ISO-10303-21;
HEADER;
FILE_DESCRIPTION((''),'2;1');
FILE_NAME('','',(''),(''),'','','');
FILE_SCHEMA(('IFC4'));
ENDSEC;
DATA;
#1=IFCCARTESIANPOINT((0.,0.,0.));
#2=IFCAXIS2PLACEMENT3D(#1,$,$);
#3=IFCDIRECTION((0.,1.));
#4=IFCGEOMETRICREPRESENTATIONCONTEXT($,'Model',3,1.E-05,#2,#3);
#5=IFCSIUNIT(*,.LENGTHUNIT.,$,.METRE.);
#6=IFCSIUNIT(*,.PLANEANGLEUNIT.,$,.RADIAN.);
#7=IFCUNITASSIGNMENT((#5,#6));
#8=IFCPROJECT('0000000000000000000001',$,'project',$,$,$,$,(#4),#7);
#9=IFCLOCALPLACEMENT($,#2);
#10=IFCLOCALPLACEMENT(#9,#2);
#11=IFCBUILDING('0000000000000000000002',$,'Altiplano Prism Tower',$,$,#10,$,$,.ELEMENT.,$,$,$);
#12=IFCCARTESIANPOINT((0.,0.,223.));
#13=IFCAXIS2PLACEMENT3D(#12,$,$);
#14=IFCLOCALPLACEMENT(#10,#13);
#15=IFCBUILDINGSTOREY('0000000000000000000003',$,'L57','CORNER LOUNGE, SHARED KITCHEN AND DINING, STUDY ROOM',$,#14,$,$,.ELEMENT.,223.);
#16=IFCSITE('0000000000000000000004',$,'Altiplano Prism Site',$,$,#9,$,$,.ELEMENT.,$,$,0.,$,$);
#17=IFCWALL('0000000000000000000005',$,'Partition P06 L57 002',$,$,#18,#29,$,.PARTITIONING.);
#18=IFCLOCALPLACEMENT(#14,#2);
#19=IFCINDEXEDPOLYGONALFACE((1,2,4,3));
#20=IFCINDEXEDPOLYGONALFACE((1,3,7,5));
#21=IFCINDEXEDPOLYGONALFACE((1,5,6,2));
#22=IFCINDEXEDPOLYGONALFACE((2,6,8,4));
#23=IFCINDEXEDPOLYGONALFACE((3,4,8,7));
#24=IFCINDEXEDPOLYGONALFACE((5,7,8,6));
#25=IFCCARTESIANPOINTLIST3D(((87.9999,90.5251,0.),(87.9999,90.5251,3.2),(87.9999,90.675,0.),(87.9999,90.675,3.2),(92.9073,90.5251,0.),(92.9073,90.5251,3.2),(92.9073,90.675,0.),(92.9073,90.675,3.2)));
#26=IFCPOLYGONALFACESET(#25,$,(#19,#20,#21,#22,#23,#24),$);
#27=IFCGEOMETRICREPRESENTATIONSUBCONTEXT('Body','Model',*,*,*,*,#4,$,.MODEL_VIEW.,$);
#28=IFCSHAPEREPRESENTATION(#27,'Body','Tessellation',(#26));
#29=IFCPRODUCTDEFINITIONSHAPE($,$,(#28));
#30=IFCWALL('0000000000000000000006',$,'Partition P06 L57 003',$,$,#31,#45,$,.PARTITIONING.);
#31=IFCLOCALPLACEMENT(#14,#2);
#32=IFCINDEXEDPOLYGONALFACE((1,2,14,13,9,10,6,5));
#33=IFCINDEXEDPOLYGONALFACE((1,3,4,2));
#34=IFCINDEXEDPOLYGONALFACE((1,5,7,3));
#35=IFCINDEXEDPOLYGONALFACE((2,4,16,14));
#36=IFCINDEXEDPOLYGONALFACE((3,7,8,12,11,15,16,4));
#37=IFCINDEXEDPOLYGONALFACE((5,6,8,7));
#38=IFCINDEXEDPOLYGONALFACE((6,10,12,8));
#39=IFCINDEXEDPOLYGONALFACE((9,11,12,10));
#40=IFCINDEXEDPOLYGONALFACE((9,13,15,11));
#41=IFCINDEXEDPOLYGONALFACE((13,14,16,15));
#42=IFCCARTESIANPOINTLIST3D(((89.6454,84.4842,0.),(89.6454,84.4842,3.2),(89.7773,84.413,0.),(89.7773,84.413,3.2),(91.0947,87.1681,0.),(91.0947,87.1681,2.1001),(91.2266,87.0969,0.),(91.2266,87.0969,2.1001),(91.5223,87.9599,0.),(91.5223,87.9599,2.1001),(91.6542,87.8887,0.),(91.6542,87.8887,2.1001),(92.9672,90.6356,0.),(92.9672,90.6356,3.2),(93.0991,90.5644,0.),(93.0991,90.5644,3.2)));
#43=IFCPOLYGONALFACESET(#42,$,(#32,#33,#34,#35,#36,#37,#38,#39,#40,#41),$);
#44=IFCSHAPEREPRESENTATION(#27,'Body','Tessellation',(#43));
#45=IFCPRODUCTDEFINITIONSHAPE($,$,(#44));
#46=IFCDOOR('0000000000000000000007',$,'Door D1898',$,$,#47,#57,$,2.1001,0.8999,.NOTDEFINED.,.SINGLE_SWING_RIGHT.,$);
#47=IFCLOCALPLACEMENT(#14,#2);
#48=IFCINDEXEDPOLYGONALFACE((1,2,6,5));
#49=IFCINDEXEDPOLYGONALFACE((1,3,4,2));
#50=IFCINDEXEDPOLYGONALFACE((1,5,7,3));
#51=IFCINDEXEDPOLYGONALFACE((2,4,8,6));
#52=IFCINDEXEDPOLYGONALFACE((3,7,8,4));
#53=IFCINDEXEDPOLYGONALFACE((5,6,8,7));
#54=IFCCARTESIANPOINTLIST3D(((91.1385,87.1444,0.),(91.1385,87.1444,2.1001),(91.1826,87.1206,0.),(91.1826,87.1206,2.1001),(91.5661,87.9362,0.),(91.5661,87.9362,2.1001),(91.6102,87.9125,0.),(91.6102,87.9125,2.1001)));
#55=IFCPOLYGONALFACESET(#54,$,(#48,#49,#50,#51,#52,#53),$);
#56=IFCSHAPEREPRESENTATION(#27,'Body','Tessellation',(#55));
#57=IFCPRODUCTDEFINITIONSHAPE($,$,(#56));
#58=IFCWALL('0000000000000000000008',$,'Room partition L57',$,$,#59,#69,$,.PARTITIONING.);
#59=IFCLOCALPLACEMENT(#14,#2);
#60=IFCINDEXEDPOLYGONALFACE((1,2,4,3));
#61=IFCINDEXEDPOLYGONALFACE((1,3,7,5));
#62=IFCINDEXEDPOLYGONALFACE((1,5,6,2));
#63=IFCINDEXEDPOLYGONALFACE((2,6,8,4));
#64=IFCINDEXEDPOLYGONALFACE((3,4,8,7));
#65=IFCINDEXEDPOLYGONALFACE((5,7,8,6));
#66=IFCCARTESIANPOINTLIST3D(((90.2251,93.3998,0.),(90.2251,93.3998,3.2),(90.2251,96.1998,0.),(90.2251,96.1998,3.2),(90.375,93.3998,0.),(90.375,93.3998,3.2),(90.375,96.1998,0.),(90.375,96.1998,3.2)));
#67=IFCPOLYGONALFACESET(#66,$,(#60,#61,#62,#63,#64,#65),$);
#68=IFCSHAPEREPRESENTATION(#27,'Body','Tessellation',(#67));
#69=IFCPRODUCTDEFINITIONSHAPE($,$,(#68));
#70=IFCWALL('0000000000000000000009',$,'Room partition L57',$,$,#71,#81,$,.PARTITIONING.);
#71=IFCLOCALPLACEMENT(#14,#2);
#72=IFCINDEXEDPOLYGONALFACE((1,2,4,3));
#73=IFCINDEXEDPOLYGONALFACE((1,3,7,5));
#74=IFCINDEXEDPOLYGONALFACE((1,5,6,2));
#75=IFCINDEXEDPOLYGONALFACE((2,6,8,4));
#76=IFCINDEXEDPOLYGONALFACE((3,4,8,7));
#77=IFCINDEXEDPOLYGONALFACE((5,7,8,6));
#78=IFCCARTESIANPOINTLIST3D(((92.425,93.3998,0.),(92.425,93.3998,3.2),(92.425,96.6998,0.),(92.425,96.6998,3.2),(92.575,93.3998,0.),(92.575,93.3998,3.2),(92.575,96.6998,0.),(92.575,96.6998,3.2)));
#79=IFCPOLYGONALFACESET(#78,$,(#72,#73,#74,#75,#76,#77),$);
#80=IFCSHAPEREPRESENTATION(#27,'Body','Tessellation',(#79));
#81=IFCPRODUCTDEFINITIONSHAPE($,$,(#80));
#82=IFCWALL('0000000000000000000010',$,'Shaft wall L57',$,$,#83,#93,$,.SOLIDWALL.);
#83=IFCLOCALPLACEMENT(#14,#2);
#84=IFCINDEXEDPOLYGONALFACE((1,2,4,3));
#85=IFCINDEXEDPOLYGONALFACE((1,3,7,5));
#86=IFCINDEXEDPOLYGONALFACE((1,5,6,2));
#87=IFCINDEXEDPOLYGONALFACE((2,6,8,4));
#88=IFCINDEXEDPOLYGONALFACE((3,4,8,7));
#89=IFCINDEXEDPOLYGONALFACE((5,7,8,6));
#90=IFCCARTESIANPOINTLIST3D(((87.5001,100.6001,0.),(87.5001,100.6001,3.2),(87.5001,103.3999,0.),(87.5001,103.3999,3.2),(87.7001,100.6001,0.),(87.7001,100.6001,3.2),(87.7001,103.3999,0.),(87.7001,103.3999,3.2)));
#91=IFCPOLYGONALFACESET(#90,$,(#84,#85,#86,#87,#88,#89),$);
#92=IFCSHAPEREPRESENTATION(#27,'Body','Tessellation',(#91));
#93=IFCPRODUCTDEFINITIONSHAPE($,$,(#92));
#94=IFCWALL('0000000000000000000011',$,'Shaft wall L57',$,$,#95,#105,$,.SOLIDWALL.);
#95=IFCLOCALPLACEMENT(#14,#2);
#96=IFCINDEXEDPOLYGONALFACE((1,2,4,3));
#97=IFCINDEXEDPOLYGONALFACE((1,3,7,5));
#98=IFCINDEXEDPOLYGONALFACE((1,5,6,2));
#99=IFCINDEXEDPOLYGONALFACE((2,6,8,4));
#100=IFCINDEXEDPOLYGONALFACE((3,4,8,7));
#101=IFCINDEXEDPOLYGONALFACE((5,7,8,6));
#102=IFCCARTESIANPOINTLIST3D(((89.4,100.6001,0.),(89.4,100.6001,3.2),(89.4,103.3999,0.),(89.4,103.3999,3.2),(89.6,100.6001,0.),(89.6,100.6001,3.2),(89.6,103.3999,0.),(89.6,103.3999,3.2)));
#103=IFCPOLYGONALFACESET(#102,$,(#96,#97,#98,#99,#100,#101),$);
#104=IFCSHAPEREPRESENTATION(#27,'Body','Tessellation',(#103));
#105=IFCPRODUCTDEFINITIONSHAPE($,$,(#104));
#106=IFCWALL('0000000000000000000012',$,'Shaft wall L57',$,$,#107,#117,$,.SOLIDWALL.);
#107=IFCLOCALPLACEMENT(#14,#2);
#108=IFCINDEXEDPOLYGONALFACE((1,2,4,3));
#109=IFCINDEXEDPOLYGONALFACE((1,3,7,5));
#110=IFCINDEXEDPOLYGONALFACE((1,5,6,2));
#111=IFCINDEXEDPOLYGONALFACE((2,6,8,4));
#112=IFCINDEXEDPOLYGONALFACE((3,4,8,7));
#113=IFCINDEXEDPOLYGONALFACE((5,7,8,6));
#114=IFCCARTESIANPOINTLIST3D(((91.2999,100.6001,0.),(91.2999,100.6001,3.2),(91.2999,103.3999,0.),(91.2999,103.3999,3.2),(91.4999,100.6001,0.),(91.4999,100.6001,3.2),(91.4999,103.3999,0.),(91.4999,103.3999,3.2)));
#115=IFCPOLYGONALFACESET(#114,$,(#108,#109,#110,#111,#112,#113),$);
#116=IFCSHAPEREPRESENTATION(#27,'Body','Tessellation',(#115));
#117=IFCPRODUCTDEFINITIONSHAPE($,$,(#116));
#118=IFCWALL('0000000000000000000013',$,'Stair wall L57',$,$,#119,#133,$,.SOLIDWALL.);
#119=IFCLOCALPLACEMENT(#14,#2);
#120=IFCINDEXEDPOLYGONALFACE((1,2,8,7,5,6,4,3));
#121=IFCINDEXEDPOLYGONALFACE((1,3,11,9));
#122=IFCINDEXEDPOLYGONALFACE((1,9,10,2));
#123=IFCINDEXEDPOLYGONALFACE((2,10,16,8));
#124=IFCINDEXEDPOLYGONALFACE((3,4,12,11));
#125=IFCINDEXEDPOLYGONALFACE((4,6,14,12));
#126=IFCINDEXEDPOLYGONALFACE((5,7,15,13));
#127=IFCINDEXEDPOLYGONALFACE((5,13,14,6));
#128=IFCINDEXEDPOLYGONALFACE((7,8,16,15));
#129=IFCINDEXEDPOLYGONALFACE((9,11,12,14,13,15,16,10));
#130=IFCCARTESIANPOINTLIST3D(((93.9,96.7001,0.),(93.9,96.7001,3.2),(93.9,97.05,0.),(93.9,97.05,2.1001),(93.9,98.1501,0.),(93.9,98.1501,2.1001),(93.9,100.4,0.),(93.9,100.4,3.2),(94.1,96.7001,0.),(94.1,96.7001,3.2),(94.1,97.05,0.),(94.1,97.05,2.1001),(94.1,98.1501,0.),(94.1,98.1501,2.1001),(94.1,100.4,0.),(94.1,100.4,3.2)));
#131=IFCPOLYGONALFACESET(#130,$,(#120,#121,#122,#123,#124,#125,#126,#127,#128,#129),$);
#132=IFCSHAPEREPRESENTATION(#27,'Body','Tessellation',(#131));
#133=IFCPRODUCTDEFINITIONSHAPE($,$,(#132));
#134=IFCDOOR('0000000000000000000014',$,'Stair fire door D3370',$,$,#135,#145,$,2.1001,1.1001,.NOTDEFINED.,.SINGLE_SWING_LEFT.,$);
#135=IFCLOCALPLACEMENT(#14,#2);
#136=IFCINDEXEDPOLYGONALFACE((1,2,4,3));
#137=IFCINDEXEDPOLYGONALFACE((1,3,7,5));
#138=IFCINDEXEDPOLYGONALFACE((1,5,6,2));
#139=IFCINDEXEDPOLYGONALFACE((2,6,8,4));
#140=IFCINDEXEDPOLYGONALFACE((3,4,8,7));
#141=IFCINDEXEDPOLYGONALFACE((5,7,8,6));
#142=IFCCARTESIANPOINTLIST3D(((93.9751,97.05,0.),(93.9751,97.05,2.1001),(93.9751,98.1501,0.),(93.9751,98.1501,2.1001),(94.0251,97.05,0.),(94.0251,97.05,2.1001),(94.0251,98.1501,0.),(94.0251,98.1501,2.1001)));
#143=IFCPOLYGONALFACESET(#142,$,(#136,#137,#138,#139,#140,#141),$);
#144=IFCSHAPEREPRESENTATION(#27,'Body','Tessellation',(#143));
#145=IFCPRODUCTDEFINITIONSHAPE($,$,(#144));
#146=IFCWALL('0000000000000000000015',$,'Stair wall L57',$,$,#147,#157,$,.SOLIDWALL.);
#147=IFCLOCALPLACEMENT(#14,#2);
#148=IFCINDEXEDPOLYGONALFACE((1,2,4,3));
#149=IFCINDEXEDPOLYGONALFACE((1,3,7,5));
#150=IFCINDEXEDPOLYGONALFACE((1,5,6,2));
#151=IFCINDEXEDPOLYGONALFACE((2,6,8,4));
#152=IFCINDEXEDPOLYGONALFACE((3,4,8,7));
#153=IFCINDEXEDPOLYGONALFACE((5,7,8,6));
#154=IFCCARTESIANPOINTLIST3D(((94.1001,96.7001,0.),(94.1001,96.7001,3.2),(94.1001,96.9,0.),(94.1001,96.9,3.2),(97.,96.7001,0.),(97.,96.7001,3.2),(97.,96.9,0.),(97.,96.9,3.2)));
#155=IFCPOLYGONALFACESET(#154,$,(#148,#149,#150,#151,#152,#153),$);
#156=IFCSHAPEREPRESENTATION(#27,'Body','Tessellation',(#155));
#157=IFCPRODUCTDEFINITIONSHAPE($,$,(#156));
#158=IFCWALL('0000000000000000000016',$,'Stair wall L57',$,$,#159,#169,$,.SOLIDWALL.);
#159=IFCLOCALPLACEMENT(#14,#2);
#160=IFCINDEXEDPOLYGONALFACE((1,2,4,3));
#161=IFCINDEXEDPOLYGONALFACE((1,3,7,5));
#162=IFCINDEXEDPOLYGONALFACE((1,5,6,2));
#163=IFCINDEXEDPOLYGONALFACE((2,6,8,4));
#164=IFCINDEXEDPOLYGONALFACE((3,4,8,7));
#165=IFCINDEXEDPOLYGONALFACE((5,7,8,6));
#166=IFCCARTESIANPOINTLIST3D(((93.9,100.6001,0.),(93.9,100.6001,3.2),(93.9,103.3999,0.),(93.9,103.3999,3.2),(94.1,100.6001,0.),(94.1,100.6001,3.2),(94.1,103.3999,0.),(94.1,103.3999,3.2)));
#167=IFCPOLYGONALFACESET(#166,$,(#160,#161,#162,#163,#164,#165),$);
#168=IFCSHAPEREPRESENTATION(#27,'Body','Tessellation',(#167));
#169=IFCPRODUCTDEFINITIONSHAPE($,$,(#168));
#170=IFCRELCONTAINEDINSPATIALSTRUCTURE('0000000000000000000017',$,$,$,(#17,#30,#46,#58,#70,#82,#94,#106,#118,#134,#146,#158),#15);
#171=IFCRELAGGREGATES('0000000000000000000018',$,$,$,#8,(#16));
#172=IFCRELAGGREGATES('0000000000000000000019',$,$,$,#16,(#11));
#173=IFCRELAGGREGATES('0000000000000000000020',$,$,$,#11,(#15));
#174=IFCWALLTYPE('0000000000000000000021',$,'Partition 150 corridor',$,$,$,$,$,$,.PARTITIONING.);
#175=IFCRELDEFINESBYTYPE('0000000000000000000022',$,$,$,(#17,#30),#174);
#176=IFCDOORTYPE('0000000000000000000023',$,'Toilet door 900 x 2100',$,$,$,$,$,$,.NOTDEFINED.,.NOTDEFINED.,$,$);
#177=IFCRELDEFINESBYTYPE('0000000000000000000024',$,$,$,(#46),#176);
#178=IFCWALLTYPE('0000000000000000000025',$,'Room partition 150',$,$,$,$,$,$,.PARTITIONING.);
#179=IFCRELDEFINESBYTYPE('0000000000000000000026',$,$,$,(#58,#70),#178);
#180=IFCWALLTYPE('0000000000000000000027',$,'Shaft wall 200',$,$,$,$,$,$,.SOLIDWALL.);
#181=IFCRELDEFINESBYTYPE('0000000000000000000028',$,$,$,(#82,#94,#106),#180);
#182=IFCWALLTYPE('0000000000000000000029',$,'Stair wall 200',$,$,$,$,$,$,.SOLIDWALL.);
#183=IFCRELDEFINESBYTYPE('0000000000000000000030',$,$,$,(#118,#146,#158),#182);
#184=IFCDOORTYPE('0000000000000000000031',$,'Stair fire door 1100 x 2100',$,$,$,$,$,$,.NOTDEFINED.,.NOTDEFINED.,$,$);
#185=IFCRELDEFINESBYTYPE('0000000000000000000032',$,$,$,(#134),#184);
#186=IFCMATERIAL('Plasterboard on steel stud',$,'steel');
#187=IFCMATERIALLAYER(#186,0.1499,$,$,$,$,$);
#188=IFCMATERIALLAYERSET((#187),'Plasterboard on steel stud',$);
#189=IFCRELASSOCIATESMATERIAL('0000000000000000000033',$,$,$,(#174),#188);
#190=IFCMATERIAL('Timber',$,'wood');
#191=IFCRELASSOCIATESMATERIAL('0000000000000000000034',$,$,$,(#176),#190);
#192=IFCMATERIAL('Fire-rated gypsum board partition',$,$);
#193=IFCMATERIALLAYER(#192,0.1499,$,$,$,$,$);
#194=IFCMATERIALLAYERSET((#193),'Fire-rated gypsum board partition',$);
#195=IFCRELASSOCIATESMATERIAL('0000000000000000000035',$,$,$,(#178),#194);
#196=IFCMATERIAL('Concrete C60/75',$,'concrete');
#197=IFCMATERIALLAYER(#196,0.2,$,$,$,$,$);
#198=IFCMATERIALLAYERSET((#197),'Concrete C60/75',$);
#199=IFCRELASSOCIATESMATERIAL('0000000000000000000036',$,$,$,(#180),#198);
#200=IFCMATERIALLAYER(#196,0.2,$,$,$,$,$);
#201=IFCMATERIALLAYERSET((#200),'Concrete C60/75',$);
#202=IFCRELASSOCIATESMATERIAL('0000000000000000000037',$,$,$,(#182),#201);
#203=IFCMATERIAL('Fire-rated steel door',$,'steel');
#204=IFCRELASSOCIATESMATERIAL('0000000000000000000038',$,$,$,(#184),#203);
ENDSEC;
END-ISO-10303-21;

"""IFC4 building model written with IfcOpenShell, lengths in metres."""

from ifc_helpers import new_model, si_unit, direction, frame, frame_2d, origin, place, context, subcontext, project, spatial, rectangle, extrude, material, layer, layer_set, type_object, element, fill, save


model = new_model("IFC4")

# Units and contexts
model_context = context("Model", 3, precision=1e-05, world=origin(), true_north=direction((0.0, 1.0)))
body_context = subcontext(model_context, "Body", "Model", "MODEL_VIEW")
ifc_project = project(units=[si_unit("LENGTHUNIT", "METRE"), si_unit("PLANEANGLEUNIT", "RADIAN")], contexts=[model_context])

# Site, building, storey
site_placement = place(None, origin())
site = spatial("IfcSite", under=ifc_project, at=site_placement, Name="Altiplano Prism Site", CompositionType="ELEMENT", RefElevation=0.0)
building_placement = place(site_placement, origin())
building = spatial("IfcBuilding", under=site, at=building_placement, Name="Altiplano Prism Tower", CompositionType="ELEMENT")
storey_placement = place(building_placement, frame((0.0, 0.0, 223.0)))
storey = spatial("IfcBuildingStorey", under=building, at=storey_placement, Name="L57", Description="CORNER LOUNGE, SHARED KITCHEN AND DINING, STUDY ROOM", CompositionType="ELEMENT", Elevation=223.0)

# Wall
ifc_material_1 = material(Name="Plasterboard on steel stud", Category="steel")
ifc_layer_1 = layer(ifc_material_1, 0.1499)
ifc_layer_set_1 = layer_set([ifc_layer_1], Name="Plasterboard on steel stud")
wall_type_1 = type_object("IfcWallType", Name="Partition 150 corridor", PredefinedType="PARTITIONING", material=ifc_layer_set_1)
wall_1_placement = place(storey_placement, frame((88.0, 90.6001, 0.0), z_axis=(0.0, 0.0, 1.0), x_axis=(1.0, 0.0, 0.0)))
element("IfcWall", 1, at=wall_1_placement, inside=storey, type_object=wall_type_1, Name="Partition P06 L57 002", PredefinedType="PARTITIONING", context=body_context, shape_type="SweptSolid", body=[
    extrude(rectangle(XDim=4.9075, YDim=0.1499, at=frame_2d((2.4536, 0.0))), origin(), (0.0, 0.0, 1.0), 3.2),
])

# Wall, opening, door
wall_2_placement = place(storey_placement, frame((93.0332, 90.6001, 0.0), z_axis=(0.0, 0.0, 1.0), x_axis=(-0.475153, -0.879903, 0.0)))
wall_2 = element("IfcWall", 2, at=wall_2_placement, inside=storey, type_object=wall_type_1, Name="Partition P06 L57 003", PredefinedType="PARTITIONING", context=body_context, shape_type="SweptSolid", body=[
    extrude(rectangle(XDim=6.991, YDim=0.1499, at=frame_2d((3.4956, 0.0))), origin(), (0.0, 0.0, 1.0), 3.2),
])
opening_1_placement = place(wall_2_placement, frame((3.041, 0.0, 0.0)))
opening_1 = element("IfcOpeningElement", 3, at=opening_1_placement, cuts=wall_2, PredefinedType="OPENING", context=body_context, shape_type="SweptSolid", body=[
    extrude(rectangle(XDim=0.8999, YDim=2.1001, at=frame_2d((0.45, 1.05))), frame((0.0, 0.0854, 0.0), z_axis=(0.0, -1.0, 0.0), x_axis=(1.0, 0.0, 0.0)), (0.0, 0.0, 1.0), 0.1709),
])
ifc_material_2 = material(Name="Timber", Category="wood")
door_type_1 = type_object("IfcDoorType", Name="Toilet door 900 x 2100", OperationType="NOTDEFINED", PredefinedType="NOTDEFINED", material=ifc_material_2)
door_1_placement = place(opening_1_placement, origin())
door_1 = element("IfcDoor", 4, at=door_1_placement, inside=storey, type_object=door_type_1, Name="Door D1898", OperationType="SINGLE_SWING_RIGHT", OverallHeight=2.1001, OverallWidth=0.8999, PredefinedType="NOTDEFINED", context=body_context, shape_type="SweptSolid", body=[
    extrude(rectangle(XDim=0.8999, YDim=2.1001, at=frame_2d((0.45, 1.05))), frame((0.0, 0.0249, 0.0), z_axis=(0.0, -1.0, 0.0), x_axis=(1.0, 0.0, 0.0)), (0.0, 0.0, 1.0), 0.05),
])
fill(opening_1, door_1)

# Walls
ifc_material_3 = material(Name="Fire-rated gypsum board partition")
ifc_layer_2 = layer(ifc_material_3, 0.1499)
ifc_layer_set_2 = layer_set([ifc_layer_2], Name="Fire-rated gypsum board partition")
wall_type_2 = type_object("IfcWallType", Name="Room partition 150", PredefinedType="PARTITIONING", material=ifc_layer_set_2)
wall_3_placement = place(storey_placement, frame((90.3, 93.3999, 0.0), z_axis=(0.0, 0.0, 1.0), x_axis=(0.0, 1.0, 0.0)))
element("IfcWall", 5, at=wall_3_placement, inside=storey, type_object=wall_type_2, Name="Room partition L57", PredefinedType="PARTITIONING", context=body_context, shape_type="SweptSolid", body=[
    extrude(rectangle(XDim=2.8, YDim=0.1499, at=frame_2d((1.3999, 0.0))), origin(), (0.0, 0.0, 1.0), 3.2),
])
wall_4_placement = place(storey_placement, frame((92.5, 93.3999, 0.0), z_axis=(0.0, 0.0, 1.0), x_axis=(0.0, 1.0, 0.0)))
element("IfcWall", 6, at=wall_4_placement, inside=storey, type_object=wall_type_2, Name="Room partition L57", PredefinedType="PARTITIONING", context=body_context, shape_type="SweptSolid", body=[
    extrude(rectangle(XDim=3.3, YDim=0.1499, at=frame_2d((1.6499, 0.0))), origin(), (0.0, 0.0, 1.0), 3.2),
])
ifc_material_4 = material(Name="Concrete C60/75", Category="concrete")
ifc_layer_3 = layer(ifc_material_4, 0.2)
ifc_layer_set_3 = layer_set([ifc_layer_3], Name="Concrete C60/75")
wall_type_3 = type_object("IfcWallType", Name="Shaft wall 200", PredefinedType="SOLIDWALL", material=ifc_layer_set_3)
for number, where, z_axis, x_axis, name in (
    (7, (87.6001, 100.6001, 0.0), (0.0, 0.0, 1.0), (0.0, 1.0, 0.0), "Shaft wall L57"),
    (8, (89.5, 100.6001, 0.0), (0.0, 0.0, 1.0), (0.0, 1.0, 0.0), "Shaft wall L57"),
    (9, (91.3999, 100.6001, 0.0), (0.0, 0.0, 1.0), (0.0, 1.0, 0.0), "Shaft wall L57"),
):
    element("IfcWall", number, at=place(storey_placement, frame(where, z_axis=z_axis, x_axis=x_axis)), inside=storey, type_object=wall_type_3, Name=name, PredefinedType="SOLIDWALL", context=body_context, shape_type="SweptSolid", body=[
        extrude(rectangle(XDim=2.7998, YDim=0.2, at=frame_2d((1.3999, 0.0))), origin(), (0.0, 0.0, 1.0), 3.2),
    ])

# Wall, opening, door
ifc_layer_4 = layer(ifc_material_4, 0.2)
ifc_layer_set_4 = layer_set([ifc_layer_4], Name="Concrete C60/75")
wall_type_4 = type_object("IfcWallType", Name="Stair wall 200", PredefinedType="SOLIDWALL", material=ifc_layer_set_4)
wall_5_placement = place(storey_placement, frame((94.0, 96.7, 0.0), z_axis=(0.0, 0.0, 1.0), x_axis=(0.0, 1.0, 0.0)))
wall_5 = element("IfcWall", 10, at=wall_5_placement, inside=storey, type_object=wall_type_4, Name="Stair wall L57", PredefinedType="SOLIDWALL", context=body_context, shape_type="SweptSolid", body=[
    extrude(rectangle(XDim=3.7, YDim=0.2, at=frame_2d((1.8501, 0.0))), origin(), (0.0, 0.0, 1.0), 3.2),
])
opening_2_placement = place(wall_5_placement, frame((0.3501, 0.0, 0.0)))
opening_2 = element("IfcOpeningElement", 11, at=opening_2_placement, cuts=wall_5, PredefinedType="OPENING", context=body_context, shape_type="SweptSolid", body=[
    extrude(rectangle(XDim=1.1001, YDim=2.1001, at=frame_2d((0.55, 1.05))), frame((0.0, 0.1104, 0.0), z_axis=(0.0, -1.0, 0.0), x_axis=(1.0, 0.0, 0.0)), (0.0, 0.0, 1.0), 0.2209),
])
ifc_material_5 = material(Name="Fire-rated steel door", Category="steel")
door_type_2 = type_object("IfcDoorType", Name="Stair fire door 1100 x 2100", OperationType="NOTDEFINED", PredefinedType="NOTDEFINED", material=ifc_material_5)
door_2_placement = place(opening_2_placement, origin())
door_2 = element("IfcDoor", 12, at=door_2_placement, inside=storey, type_object=door_type_2, Name="Stair fire door D3370", OperationType="SINGLE_SWING_LEFT", OverallHeight=2.1001, OverallWidth=1.1001, PredefinedType="NOTDEFINED", context=body_context, shape_type="SweptSolid", body=[
    extrude(rectangle(XDim=1.1001, YDim=2.1001, at=frame_2d((0.55, 1.05))), frame((0.0, 0.0249, 0.0), z_axis=(0.0, -1.0, 0.0), x_axis=(1.0, 0.0, 0.0)), (0.0, 0.0, 1.0), 0.05),
])
fill(opening_2, door_2)

# Walls
wall_6_placement = place(storey_placement, frame((94.1001, 96.8, 0.0), z_axis=(0.0, 0.0, 1.0), x_axis=(1.0, 0.0, 0.0)))
element("IfcWall", 13, at=wall_6_placement, inside=storey, type_object=wall_type_4, Name="Stair wall L57", PredefinedType="SOLIDWALL", context=body_context, shape_type="SweptSolid", body=[
    extrude(rectangle(XDim=2.8999, YDim=0.2, at=frame_2d((1.45, 0.0))), origin(), (0.0, 0.0, 1.0), 3.2),
])
wall_7_placement = place(storey_placement, frame((94.0, 100.6001, 0.0), z_axis=(0.0, 0.0, 1.0), x_axis=(0.0, 1.0, 0.0)))
element("IfcWall", 14, at=wall_7_placement, inside=storey, type_object=wall_type_4, Name="Stair wall L57", PredefinedType="SOLIDWALL", context=body_context, shape_type="SweptSolid", body=[
    extrude(rectangle(XDim=2.7998, YDim=0.2, at=frame_2d((1.3999, 0.0))), origin(), (0.0, 0.0, 1.0), 3.2),
])

save(model, "model.ifc")
